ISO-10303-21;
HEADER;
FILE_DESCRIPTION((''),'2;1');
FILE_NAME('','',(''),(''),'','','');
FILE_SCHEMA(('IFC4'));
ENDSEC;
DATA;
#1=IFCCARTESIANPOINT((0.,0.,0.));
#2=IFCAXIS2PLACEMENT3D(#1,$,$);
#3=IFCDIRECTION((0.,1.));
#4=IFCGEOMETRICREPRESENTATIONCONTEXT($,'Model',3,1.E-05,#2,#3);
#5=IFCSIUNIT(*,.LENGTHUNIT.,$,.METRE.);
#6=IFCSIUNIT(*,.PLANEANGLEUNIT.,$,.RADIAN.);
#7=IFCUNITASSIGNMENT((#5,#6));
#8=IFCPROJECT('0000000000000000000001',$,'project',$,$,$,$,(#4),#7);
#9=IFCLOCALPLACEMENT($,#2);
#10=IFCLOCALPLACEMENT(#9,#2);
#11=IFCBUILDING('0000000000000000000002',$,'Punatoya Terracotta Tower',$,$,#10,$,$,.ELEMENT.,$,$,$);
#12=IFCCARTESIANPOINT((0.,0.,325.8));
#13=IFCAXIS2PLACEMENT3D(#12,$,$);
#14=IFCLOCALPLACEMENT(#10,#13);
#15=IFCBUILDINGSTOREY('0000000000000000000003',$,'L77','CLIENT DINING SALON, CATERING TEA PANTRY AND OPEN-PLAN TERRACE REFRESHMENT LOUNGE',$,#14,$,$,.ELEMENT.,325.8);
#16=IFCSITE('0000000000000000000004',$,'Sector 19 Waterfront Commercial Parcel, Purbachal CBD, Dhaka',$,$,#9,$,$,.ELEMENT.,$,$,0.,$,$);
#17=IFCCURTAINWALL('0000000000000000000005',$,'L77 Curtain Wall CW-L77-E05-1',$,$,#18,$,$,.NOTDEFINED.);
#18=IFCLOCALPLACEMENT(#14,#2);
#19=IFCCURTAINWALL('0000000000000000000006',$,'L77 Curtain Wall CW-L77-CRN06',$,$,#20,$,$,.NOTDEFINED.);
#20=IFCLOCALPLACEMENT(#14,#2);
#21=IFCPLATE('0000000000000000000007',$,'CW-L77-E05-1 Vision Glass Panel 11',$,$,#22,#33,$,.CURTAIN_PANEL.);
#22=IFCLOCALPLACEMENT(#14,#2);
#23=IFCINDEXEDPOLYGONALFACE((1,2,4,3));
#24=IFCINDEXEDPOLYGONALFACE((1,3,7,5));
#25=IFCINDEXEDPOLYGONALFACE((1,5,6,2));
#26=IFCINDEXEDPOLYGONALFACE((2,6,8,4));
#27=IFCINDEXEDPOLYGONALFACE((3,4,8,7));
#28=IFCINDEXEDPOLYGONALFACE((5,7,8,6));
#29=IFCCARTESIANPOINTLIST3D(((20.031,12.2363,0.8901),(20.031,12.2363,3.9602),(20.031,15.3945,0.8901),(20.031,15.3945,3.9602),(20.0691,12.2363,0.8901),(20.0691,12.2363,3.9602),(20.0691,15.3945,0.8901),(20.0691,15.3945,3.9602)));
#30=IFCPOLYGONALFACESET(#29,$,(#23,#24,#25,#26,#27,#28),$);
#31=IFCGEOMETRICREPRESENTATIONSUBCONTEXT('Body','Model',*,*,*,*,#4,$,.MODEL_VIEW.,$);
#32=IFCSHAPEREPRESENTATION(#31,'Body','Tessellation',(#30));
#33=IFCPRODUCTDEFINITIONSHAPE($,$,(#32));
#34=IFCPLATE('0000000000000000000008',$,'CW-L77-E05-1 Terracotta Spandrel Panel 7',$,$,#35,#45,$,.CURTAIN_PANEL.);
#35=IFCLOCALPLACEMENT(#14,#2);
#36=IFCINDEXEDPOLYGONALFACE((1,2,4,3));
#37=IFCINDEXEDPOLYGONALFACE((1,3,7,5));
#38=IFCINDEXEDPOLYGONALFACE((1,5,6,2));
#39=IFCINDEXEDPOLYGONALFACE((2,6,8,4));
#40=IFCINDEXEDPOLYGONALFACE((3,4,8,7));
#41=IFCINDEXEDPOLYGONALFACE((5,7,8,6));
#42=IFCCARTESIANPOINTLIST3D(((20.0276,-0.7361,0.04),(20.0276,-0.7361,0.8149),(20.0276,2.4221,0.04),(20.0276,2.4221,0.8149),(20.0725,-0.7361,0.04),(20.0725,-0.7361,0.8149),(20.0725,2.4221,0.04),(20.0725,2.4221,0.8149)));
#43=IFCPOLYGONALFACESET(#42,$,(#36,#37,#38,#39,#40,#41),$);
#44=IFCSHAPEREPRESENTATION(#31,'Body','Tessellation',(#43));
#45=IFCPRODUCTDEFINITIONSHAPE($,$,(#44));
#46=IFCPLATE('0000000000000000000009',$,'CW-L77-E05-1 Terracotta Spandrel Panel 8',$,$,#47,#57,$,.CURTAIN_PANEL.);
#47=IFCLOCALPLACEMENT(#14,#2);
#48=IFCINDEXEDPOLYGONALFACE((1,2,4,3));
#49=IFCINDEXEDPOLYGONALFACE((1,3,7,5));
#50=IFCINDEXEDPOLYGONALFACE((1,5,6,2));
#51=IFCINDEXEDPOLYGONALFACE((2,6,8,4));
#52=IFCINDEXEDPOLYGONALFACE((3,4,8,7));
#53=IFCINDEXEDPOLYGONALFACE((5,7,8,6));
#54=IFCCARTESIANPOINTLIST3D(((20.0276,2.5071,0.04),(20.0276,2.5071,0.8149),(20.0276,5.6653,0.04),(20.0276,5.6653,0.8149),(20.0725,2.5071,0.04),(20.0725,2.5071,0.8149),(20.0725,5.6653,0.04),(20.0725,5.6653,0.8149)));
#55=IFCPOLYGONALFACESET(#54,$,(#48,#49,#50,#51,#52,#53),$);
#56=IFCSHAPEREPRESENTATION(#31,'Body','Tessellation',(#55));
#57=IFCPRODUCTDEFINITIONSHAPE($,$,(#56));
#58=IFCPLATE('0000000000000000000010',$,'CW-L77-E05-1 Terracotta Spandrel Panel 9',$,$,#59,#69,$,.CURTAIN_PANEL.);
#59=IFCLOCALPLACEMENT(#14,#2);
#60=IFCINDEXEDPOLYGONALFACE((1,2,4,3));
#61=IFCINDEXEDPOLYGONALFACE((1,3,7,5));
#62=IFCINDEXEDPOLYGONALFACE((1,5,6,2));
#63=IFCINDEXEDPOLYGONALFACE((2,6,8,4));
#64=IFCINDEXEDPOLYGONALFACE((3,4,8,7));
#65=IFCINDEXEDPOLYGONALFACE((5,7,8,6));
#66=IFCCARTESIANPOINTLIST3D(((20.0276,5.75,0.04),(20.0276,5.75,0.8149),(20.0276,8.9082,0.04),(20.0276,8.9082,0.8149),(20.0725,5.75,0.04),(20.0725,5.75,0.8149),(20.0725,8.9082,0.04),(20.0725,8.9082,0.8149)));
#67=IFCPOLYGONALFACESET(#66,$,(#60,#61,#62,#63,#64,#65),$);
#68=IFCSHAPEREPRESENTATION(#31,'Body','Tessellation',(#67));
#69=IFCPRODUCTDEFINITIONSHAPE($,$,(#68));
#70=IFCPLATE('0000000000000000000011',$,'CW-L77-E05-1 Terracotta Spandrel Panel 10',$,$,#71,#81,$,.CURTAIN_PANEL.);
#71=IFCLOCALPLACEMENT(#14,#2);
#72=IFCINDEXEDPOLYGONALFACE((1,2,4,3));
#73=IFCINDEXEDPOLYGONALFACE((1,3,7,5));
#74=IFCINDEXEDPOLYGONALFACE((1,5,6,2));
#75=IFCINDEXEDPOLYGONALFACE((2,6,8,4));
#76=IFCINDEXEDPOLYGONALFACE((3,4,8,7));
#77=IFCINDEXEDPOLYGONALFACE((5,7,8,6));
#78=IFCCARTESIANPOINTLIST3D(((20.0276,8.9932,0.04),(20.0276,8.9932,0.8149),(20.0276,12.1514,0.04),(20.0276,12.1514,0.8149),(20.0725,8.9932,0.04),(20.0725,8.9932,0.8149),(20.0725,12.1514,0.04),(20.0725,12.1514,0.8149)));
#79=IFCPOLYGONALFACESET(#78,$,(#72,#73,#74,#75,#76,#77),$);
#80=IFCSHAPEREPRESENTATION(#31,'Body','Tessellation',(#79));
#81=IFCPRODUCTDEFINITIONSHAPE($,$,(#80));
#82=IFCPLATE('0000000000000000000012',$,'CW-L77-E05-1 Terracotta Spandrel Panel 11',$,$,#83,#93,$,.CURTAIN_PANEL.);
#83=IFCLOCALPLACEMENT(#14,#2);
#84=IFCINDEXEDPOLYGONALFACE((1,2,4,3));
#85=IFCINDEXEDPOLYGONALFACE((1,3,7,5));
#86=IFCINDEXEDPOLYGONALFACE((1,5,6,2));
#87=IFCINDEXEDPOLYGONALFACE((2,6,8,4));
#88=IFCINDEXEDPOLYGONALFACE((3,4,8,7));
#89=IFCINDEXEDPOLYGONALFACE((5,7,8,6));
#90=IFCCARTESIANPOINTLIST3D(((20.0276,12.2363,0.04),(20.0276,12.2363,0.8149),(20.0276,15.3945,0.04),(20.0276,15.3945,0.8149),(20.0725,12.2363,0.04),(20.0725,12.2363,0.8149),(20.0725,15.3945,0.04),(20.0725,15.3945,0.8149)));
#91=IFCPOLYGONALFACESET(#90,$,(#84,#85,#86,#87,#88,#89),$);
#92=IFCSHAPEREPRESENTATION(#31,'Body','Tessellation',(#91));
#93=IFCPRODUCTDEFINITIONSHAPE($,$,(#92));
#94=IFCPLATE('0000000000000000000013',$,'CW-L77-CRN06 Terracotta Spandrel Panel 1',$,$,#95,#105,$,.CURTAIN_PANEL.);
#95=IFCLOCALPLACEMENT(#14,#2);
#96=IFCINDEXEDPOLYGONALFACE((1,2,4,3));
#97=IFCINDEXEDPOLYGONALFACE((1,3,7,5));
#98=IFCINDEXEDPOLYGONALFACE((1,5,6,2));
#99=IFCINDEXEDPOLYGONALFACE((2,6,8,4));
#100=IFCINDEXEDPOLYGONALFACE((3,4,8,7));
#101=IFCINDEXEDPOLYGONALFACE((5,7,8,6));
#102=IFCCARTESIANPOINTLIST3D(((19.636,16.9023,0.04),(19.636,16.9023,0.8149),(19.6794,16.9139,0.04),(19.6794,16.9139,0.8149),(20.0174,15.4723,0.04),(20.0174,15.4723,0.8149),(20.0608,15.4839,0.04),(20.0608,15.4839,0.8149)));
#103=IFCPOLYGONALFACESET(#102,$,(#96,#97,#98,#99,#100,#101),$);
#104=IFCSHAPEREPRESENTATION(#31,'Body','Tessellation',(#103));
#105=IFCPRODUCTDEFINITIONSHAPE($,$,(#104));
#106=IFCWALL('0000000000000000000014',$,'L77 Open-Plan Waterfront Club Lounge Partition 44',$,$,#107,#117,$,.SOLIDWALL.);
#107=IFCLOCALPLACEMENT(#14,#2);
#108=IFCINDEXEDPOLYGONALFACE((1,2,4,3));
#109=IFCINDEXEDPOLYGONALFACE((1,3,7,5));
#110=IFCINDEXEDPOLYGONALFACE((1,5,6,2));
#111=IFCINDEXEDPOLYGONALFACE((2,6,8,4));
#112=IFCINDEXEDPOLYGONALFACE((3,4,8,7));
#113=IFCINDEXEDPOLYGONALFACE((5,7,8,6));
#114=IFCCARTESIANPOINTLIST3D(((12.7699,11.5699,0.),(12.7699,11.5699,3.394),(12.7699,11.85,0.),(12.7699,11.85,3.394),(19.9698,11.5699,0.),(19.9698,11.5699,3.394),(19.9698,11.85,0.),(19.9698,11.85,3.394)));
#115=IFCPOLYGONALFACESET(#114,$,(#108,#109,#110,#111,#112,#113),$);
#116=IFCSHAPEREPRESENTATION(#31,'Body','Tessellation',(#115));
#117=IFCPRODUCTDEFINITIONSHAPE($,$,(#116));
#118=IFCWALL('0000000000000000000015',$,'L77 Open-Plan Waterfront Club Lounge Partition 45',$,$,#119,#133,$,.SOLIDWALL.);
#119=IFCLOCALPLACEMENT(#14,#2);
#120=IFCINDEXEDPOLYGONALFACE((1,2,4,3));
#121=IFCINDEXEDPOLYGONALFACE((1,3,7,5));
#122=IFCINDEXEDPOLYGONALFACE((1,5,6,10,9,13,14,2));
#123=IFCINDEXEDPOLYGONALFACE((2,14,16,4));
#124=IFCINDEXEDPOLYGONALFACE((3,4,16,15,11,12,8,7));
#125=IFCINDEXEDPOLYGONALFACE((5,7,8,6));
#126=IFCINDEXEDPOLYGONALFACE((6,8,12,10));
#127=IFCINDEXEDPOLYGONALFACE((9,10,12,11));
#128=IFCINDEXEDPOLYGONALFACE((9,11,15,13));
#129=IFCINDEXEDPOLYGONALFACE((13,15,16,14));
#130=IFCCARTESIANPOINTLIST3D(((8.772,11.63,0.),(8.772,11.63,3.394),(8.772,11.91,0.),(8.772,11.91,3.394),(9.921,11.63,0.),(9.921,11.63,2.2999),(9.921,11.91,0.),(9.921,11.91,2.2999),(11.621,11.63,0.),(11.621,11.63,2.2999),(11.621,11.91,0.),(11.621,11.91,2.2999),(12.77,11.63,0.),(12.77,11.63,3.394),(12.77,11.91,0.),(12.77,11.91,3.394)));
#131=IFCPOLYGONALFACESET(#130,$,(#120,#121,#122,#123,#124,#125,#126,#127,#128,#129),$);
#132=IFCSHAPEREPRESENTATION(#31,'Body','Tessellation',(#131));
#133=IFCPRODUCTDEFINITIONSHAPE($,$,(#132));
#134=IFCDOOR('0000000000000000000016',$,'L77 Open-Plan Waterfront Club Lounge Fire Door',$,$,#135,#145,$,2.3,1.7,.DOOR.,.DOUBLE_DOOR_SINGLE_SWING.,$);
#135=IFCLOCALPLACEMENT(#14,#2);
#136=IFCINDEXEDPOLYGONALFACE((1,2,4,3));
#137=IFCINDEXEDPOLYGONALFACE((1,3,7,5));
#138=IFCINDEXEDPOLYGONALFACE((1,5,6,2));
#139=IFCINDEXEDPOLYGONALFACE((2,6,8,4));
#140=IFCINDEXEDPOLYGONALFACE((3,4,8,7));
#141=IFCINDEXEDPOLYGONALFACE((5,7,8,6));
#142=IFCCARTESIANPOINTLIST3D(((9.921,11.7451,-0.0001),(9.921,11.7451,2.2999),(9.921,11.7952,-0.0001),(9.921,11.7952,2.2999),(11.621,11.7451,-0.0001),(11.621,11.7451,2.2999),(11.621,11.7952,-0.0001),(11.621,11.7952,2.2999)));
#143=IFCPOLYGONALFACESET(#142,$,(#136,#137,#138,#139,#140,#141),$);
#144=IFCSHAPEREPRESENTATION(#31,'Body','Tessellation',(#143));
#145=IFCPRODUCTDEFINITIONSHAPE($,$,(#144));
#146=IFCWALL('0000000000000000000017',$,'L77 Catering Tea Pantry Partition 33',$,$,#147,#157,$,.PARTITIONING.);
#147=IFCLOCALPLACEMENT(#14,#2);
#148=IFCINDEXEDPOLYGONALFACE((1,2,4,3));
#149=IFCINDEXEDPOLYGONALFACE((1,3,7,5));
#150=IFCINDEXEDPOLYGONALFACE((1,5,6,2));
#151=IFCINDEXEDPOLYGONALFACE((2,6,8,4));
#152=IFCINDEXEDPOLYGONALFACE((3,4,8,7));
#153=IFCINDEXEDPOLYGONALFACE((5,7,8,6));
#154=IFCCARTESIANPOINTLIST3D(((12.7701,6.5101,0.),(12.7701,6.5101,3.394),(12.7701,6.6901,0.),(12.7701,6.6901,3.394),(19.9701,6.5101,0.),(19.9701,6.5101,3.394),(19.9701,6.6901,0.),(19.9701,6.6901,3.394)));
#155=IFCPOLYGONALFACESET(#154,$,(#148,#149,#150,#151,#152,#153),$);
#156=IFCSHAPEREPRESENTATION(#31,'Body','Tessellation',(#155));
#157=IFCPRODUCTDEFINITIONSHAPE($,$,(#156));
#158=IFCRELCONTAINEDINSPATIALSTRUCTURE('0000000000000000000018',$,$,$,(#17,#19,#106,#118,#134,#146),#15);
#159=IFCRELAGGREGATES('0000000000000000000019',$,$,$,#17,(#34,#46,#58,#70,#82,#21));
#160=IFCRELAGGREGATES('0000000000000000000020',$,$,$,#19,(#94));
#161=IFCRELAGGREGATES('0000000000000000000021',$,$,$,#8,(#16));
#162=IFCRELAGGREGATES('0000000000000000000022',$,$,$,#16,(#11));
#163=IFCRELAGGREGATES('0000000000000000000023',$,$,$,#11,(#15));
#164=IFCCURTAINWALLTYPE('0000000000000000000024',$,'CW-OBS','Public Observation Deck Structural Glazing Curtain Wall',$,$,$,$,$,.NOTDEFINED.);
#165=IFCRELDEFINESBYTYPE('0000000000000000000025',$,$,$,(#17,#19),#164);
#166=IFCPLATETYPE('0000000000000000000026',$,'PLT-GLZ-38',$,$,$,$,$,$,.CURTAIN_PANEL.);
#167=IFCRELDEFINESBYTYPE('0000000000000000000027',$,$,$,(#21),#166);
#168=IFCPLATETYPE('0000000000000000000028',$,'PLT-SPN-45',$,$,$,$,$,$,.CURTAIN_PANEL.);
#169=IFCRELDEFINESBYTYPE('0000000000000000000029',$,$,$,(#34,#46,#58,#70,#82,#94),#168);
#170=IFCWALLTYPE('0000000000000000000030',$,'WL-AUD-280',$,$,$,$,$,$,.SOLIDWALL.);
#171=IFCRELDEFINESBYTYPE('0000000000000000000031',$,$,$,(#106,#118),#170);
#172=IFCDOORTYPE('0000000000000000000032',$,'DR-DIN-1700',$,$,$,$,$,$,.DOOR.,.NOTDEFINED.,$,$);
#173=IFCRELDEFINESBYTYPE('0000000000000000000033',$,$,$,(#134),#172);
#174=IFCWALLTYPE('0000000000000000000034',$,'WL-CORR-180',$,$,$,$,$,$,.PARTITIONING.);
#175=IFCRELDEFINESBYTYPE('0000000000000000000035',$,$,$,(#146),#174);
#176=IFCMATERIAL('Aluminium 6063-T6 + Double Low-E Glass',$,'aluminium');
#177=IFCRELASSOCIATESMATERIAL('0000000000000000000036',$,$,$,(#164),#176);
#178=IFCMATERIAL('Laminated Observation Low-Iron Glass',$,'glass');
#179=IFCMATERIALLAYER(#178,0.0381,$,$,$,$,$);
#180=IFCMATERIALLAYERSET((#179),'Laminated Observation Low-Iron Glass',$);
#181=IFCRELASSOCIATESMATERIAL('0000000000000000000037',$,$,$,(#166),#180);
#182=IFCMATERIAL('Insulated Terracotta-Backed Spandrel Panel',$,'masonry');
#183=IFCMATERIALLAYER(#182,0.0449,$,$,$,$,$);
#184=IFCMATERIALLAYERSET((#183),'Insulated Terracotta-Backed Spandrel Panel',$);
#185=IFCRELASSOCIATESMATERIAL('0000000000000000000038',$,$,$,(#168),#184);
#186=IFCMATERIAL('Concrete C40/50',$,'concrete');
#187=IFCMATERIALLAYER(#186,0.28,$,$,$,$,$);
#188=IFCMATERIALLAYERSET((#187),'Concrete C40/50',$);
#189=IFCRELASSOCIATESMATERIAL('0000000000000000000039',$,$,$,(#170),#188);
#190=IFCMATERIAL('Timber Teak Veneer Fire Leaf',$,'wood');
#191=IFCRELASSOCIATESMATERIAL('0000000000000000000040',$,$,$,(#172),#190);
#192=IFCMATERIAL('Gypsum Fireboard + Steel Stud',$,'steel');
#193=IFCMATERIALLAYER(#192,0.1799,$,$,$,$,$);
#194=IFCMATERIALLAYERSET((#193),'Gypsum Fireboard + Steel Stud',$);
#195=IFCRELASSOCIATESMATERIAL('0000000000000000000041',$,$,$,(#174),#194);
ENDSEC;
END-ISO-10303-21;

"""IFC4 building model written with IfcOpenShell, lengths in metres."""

from ifc_helpers import new_model, si_unit, direction, frame, frame_2d, origin, origin_2d, place, context, subcontext, project, spatial, rectangle, extrude, material, layer, layer_set, type_object, element, fill, aggregate, save


model = new_model("IFC4")

# Units and contexts
model_context = context("Model", 3, precision=1e-05, world=origin(), true_north=direction((0.0, 1.0)))
body_context = subcontext(model_context, "Body", "Model", "MODEL_VIEW")
ifc_project = project(units=[si_unit("LENGTHUNIT", "METRE"), si_unit("PLANEANGLEUNIT", "RADIAN")], contexts=[model_context])

# Site, building, storey
site_placement = place(None, origin())
site = spatial("IfcSite", under=ifc_project, at=site_placement, Name="Sector 19 Waterfront Commercial Parcel, Purbachal CBD, Dhaka", CompositionType="ELEMENT", RefElevation=0.0)
building_placement = place(site_placement, origin())
building = spatial("IfcBuilding", under=site, at=building_placement, Name="Punatoya Terracotta Tower", CompositionType="ELEMENT")
storey_placement = place(building_placement, frame((0.0, 0.0, 325.8)))
storey = spatial("IfcBuildingStorey", under=building, at=storey_placement, Name="L77", Description="CLIENT DINING SALON, CATERING TEA PANTRY AND OPEN-PLAN TERRACE REFRESHMENT LOUNGE", CompositionType="ELEMENT", Elevation=325.8)

# Curtain walls
ifc_material_1 = material(Name="Aluminium 6063-T6 + Double Low-E Glass", Category="aluminium")
curtain_wall_type = type_object("IfcCurtainWallType", Name="CW-OBS", Description="Public Observation Deck Structural Glazing Curtain Wall", PredefinedType="NOTDEFINED", material=ifc_material_1)
curtain_wall_1_placement = place(storey_placement, origin())
curtain_wall_1 = element("IfcCurtainWall", 1, at=curtain_wall_1_placement, inside=storey, type_object=curtain_wall_type, Name="L77 Curtain Wall CW-L77-E05-1", PredefinedType="NOTDEFINED")
curtain_wall_2_placement = place(storey_placement, origin())
curtain_wall_2 = element("IfcCurtainWall", 2, at=curtain_wall_2_placement, inside=storey, type_object=curtain_wall_type, Name="L77 Curtain Wall CW-L77-CRN06", PredefinedType="NOTDEFINED")

# Plates
ifc_material_2 = material(Name="Laminated Observation Low-Iron Glass", Category="glass")
ifc_layer_1 = layer(ifc_material_2, 0.0381)
ifc_layer_set_1 = layer_set([ifc_layer_1], Name="Laminated Observation Low-Iron Glass")
plate_type_1 = type_object("IfcPlateType", Name="PLT-GLZ-38", PredefinedType="CURTAIN_PANEL", material=ifc_layer_set_1)
plate_1_placement = place(storey_placement, frame((20.05, 13.8154, 0.8901), z_axis=(0.0, 0.0, 1.0), x_axis=(0.0, 1.0, 0.0)))
plate_1 = element("IfcPlate", 3, at=plate_1_placement, type_object=plate_type_1, Name="CW-L77-E05-1 Vision Glass Panel 11", PredefinedType="CURTAIN_PANEL", context=body_context, shape_type="SweptSolid", body=[
    extrude(rectangle(XDim=3.1582, YDim=0.0381, at=origin_2d()), origin(), (0.0, 0.0, 1.0), 3.0701),
])
ifc_material_3 = material(Name="Insulated Terracotta-Backed Spandrel Panel", Category="masonry")
ifc_layer_2 = layer(ifc_material_3, 0.0449)
ifc_layer_set_2 = layer_set([ifc_layer_2], Name="Insulated Terracotta-Backed Spandrel Panel")
plate_type_2 = type_object("IfcPlateType", Name="PLT-SPN-45", PredefinedType="CURTAIN_PANEL", material=ifc_layer_set_2)
plate_2_placement = place(storey_placement, frame((20.05, 0.843, 0.04), z_axis=(0.0, 0.0, 1.0), x_axis=(0.0, 1.0, 0.0)))
plate_2 = element("IfcPlate", 4, at=plate_2_placement, type_object=plate_type_2, Name="CW-L77-E05-1 Terracotta Spandrel Panel 7", PredefinedType="CURTAIN_PANEL", context=body_context, shape_type="SweptSolid", body=[
    extrude(rectangle(XDim=3.1582, YDim=0.0449, at=origin_2d()), origin(), (0.0, 0.0, 1.0), 0.7749),
])
plate_3_placement = place(storey_placement, frame((20.05, 4.0862, 0.04), z_axis=(0.0, 0.0, 1.0), x_axis=(0.0, 1.0, 0.0)))
plate_3 = element("IfcPlate", 5, at=plate_3_placement, type_object=plate_type_2, Name="CW-L77-E05-1 Terracotta Spandrel Panel 8", PredefinedType="CURTAIN_PANEL", context=body_context, shape_type="SweptSolid", body=[
    extrude(rectangle(XDim=3.1582, YDim=0.0449, at=origin_2d()), origin(), (0.0, 0.0, 1.0), 0.7749),
])
plate_4_placement = place(storey_placement, frame((20.05, 7.3291, 0.04), z_axis=(0.0, 0.0, 1.0), x_axis=(0.0, 1.0, 0.0)))
plate_4 = element("IfcPlate", 6, at=plate_4_placement, type_object=plate_type_2, Name="CW-L77-E05-1 Terracotta Spandrel Panel 9", PredefinedType="CURTAIN_PANEL", context=body_context, shape_type="SweptSolid", body=[
    extrude(rectangle(XDim=3.1582, YDim=0.0449, at=origin_2d()), origin(), (0.0, 0.0, 1.0), 0.7749),
])
plate_5_placement = place(storey_placement, frame((20.05, 10.5723, 0.04), z_axis=(0.0, 0.0, 1.0), x_axis=(0.0, 1.0, 0.0)))
plate_5 = element("IfcPlate", 7, at=plate_5_placement, type_object=plate_type_2, Name="CW-L77-E05-1 Terracotta Spandrel Panel 10", PredefinedType="CURTAIN_PANEL", context=body_context, shape_type="SweptSolid", body=[
    extrude(rectangle(XDim=3.1582, YDim=0.0449, at=origin_2d()), origin(), (0.0, 0.0, 1.0), 0.7749),
])
plate_6_placement = place(storey_placement, frame((20.05, 13.8154, 0.04), z_axis=(0.0, 0.0, 1.0), x_axis=(0.0, 1.0, 0.0)))
plate_6 = element("IfcPlate", 8, at=plate_6_placement, type_object=plate_type_2, Name="CW-L77-E05-1 Terracotta Spandrel Panel 11", PredefinedType="CURTAIN_PANEL", context=body_context, shape_type="SweptSolid", body=[
    extrude(rectangle(XDim=3.1582, YDim=0.0449, at=origin_2d()), origin(), (0.0, 0.0, 1.0), 0.7749),
])
aggregate(curtain_wall_1, [plate_2, plate_3, plate_4, plate_5, plate_6, plate_1])
plate_7_placement = place(storey_placement, frame((19.8484, 16.1931, 0.04), z_axis=(0.0, 0.0, 1.0), x_axis=(-0.257742, 0.966214, 0.0)))
plate_7 = element("IfcPlate", 9, at=plate_7_placement, type_object=plate_type_2, Name="CW-L77-CRN06 Terracotta Spandrel Panel 1", PredefinedType="CURTAIN_PANEL", context=body_context, shape_type="SweptSolid", body=[
    extrude(rectangle(XDim=1.48, YDim=0.0449, at=origin_2d()), origin(), (0.0, 0.0, 1.0), 0.7749),
])
aggregate(curtain_wall_2, [plate_7])

# Wall
ifc_material_4 = material(Name="Concrete C40/50", Category="concrete")
ifc_layer_3 = layer(ifc_material_4, 0.28)
ifc_layer_set_3 = layer_set([ifc_layer_3], Name="Concrete C40/50")
wall_type_1 = type_object("IfcWallType", Name="WL-AUD-280", PredefinedType="SOLIDWALL", material=ifc_layer_set_3)
wall_1_placement = place(storey_placement, frame((19.97, 11.71, 0.0), z_axis=(0.0, 0.0, 1.0), x_axis=(-1.0, 0.0, 0.0)))
element("IfcWall", 10, at=wall_1_placement, inside=storey, type_object=wall_type_1, Name="L77 Open-Plan Waterfront Club Lounge Partition 44", PredefinedType="SOLIDWALL", context=body_context, shape_type="SweptSolid", body=[
    extrude(rectangle(XDim=7.2, YDim=0.28, at=frame_2d((3.6001, 0.0))), origin(), (0.0, 0.0, 1.0), 3.394),
])

# Wall, opening, door
wall_2_placement = place(storey_placement, frame((12.77, 11.77, 0.0), z_axis=(0.0, 0.0, 1.0), x_axis=(-1.0, 0.0, 0.0)))
wall_2 = element("IfcWall", 11, at=wall_2_placement, inside=storey, type_object=wall_type_1, Name="L77 Open-Plan Waterfront Club Lounge Partition 45", PredefinedType="SOLIDWALL", context=body_context, shape_type="SweptSolid", body=[
    extrude(rectangle(XDim=3.998, YDim=0.28, at=frame_2d((1.999, 0.0))), origin(), (0.0, 0.0, 1.0), 3.394),
])
opening_placement = place(wall_2_placement, frame((1.1489, 0.0, 0.0)))
opening = element("IfcOpeningElement", 12, at=opening_placement, cuts=wall_2, PredefinedType="OPENING", context=body_context, shape_type="SweptSolid", body=[
    extrude(rectangle(XDim=1.7, YDim=2.3, at=frame_2d((0.8501, 1.1499))), frame((0.0, 0.1499, 0.0), z_axis=(0.0, -1.0, 0.0), x_axis=(1.0, 0.0, 0.0)), (0.0, 0.0, 1.0), 0.3),
])
ifc_material_5 = material(Name="Timber Teak Veneer Fire Leaf", Category="wood")
door_type = type_object("IfcDoorType", Name="DR-DIN-1700", OperationType="NOTDEFINED", PredefinedType="DOOR", material=ifc_material_5)
door_placement = place(opening_placement, origin())
door = element("IfcDoor", 13, at=door_placement, inside=storey, type_object=door_type, Name="L77 Open-Plan Waterfront Club Lounge Fire Door", OperationType="DOUBLE_DOOR_SINGLE_SWING", OverallHeight=2.3, OverallWidth=1.7, PredefinedType="DOOR", context=body_context, shape_type="SweptSolid", body=[
    extrude(rectangle(XDim=1.7, YDim=2.3, at=frame_2d((0.8501, 1.1499))), frame((0.0, 0.0249, 0.0), z_axis=(0.0, -1.0, 0.0), x_axis=(1.0, 0.0, 0.0)), (0.0, 0.0, 1.0), 0.05),
])
fill(opening, door)

# Wall
ifc_material_6 = material(Name="Gypsum Fireboard + Steel Stud", Category="steel")
ifc_layer_4 = layer(ifc_material_6, 0.1799)
ifc_layer_set_4 = layer_set([ifc_layer_4], Name="Gypsum Fireboard + Steel Stud")
wall_type_2 = type_object("IfcWallType", Name="WL-CORR-180", PredefinedType="PARTITIONING", material=ifc_layer_set_4)
wall_3_placement = place(storey_placement, frame((12.77, 6.6001, 0.0), z_axis=(0.0, 0.0, 1.0), x_axis=(1.0, 0.0, 0.0)))
element("IfcWall", 14, at=wall_3_placement, inside=storey, type_object=wall_type_2, Name="L77 Catering Tea Pantry Partition 33", PredefinedType="PARTITIONING", context=body_context, shape_type="SweptSolid", body=[
    extrude(rectangle(XDim=7.2, YDim=0.1799, at=frame_2d((3.6001, 0.0))), origin(), (0.0, 0.0, 1.0), 3.394),
])

save(model, "model.ifc")
